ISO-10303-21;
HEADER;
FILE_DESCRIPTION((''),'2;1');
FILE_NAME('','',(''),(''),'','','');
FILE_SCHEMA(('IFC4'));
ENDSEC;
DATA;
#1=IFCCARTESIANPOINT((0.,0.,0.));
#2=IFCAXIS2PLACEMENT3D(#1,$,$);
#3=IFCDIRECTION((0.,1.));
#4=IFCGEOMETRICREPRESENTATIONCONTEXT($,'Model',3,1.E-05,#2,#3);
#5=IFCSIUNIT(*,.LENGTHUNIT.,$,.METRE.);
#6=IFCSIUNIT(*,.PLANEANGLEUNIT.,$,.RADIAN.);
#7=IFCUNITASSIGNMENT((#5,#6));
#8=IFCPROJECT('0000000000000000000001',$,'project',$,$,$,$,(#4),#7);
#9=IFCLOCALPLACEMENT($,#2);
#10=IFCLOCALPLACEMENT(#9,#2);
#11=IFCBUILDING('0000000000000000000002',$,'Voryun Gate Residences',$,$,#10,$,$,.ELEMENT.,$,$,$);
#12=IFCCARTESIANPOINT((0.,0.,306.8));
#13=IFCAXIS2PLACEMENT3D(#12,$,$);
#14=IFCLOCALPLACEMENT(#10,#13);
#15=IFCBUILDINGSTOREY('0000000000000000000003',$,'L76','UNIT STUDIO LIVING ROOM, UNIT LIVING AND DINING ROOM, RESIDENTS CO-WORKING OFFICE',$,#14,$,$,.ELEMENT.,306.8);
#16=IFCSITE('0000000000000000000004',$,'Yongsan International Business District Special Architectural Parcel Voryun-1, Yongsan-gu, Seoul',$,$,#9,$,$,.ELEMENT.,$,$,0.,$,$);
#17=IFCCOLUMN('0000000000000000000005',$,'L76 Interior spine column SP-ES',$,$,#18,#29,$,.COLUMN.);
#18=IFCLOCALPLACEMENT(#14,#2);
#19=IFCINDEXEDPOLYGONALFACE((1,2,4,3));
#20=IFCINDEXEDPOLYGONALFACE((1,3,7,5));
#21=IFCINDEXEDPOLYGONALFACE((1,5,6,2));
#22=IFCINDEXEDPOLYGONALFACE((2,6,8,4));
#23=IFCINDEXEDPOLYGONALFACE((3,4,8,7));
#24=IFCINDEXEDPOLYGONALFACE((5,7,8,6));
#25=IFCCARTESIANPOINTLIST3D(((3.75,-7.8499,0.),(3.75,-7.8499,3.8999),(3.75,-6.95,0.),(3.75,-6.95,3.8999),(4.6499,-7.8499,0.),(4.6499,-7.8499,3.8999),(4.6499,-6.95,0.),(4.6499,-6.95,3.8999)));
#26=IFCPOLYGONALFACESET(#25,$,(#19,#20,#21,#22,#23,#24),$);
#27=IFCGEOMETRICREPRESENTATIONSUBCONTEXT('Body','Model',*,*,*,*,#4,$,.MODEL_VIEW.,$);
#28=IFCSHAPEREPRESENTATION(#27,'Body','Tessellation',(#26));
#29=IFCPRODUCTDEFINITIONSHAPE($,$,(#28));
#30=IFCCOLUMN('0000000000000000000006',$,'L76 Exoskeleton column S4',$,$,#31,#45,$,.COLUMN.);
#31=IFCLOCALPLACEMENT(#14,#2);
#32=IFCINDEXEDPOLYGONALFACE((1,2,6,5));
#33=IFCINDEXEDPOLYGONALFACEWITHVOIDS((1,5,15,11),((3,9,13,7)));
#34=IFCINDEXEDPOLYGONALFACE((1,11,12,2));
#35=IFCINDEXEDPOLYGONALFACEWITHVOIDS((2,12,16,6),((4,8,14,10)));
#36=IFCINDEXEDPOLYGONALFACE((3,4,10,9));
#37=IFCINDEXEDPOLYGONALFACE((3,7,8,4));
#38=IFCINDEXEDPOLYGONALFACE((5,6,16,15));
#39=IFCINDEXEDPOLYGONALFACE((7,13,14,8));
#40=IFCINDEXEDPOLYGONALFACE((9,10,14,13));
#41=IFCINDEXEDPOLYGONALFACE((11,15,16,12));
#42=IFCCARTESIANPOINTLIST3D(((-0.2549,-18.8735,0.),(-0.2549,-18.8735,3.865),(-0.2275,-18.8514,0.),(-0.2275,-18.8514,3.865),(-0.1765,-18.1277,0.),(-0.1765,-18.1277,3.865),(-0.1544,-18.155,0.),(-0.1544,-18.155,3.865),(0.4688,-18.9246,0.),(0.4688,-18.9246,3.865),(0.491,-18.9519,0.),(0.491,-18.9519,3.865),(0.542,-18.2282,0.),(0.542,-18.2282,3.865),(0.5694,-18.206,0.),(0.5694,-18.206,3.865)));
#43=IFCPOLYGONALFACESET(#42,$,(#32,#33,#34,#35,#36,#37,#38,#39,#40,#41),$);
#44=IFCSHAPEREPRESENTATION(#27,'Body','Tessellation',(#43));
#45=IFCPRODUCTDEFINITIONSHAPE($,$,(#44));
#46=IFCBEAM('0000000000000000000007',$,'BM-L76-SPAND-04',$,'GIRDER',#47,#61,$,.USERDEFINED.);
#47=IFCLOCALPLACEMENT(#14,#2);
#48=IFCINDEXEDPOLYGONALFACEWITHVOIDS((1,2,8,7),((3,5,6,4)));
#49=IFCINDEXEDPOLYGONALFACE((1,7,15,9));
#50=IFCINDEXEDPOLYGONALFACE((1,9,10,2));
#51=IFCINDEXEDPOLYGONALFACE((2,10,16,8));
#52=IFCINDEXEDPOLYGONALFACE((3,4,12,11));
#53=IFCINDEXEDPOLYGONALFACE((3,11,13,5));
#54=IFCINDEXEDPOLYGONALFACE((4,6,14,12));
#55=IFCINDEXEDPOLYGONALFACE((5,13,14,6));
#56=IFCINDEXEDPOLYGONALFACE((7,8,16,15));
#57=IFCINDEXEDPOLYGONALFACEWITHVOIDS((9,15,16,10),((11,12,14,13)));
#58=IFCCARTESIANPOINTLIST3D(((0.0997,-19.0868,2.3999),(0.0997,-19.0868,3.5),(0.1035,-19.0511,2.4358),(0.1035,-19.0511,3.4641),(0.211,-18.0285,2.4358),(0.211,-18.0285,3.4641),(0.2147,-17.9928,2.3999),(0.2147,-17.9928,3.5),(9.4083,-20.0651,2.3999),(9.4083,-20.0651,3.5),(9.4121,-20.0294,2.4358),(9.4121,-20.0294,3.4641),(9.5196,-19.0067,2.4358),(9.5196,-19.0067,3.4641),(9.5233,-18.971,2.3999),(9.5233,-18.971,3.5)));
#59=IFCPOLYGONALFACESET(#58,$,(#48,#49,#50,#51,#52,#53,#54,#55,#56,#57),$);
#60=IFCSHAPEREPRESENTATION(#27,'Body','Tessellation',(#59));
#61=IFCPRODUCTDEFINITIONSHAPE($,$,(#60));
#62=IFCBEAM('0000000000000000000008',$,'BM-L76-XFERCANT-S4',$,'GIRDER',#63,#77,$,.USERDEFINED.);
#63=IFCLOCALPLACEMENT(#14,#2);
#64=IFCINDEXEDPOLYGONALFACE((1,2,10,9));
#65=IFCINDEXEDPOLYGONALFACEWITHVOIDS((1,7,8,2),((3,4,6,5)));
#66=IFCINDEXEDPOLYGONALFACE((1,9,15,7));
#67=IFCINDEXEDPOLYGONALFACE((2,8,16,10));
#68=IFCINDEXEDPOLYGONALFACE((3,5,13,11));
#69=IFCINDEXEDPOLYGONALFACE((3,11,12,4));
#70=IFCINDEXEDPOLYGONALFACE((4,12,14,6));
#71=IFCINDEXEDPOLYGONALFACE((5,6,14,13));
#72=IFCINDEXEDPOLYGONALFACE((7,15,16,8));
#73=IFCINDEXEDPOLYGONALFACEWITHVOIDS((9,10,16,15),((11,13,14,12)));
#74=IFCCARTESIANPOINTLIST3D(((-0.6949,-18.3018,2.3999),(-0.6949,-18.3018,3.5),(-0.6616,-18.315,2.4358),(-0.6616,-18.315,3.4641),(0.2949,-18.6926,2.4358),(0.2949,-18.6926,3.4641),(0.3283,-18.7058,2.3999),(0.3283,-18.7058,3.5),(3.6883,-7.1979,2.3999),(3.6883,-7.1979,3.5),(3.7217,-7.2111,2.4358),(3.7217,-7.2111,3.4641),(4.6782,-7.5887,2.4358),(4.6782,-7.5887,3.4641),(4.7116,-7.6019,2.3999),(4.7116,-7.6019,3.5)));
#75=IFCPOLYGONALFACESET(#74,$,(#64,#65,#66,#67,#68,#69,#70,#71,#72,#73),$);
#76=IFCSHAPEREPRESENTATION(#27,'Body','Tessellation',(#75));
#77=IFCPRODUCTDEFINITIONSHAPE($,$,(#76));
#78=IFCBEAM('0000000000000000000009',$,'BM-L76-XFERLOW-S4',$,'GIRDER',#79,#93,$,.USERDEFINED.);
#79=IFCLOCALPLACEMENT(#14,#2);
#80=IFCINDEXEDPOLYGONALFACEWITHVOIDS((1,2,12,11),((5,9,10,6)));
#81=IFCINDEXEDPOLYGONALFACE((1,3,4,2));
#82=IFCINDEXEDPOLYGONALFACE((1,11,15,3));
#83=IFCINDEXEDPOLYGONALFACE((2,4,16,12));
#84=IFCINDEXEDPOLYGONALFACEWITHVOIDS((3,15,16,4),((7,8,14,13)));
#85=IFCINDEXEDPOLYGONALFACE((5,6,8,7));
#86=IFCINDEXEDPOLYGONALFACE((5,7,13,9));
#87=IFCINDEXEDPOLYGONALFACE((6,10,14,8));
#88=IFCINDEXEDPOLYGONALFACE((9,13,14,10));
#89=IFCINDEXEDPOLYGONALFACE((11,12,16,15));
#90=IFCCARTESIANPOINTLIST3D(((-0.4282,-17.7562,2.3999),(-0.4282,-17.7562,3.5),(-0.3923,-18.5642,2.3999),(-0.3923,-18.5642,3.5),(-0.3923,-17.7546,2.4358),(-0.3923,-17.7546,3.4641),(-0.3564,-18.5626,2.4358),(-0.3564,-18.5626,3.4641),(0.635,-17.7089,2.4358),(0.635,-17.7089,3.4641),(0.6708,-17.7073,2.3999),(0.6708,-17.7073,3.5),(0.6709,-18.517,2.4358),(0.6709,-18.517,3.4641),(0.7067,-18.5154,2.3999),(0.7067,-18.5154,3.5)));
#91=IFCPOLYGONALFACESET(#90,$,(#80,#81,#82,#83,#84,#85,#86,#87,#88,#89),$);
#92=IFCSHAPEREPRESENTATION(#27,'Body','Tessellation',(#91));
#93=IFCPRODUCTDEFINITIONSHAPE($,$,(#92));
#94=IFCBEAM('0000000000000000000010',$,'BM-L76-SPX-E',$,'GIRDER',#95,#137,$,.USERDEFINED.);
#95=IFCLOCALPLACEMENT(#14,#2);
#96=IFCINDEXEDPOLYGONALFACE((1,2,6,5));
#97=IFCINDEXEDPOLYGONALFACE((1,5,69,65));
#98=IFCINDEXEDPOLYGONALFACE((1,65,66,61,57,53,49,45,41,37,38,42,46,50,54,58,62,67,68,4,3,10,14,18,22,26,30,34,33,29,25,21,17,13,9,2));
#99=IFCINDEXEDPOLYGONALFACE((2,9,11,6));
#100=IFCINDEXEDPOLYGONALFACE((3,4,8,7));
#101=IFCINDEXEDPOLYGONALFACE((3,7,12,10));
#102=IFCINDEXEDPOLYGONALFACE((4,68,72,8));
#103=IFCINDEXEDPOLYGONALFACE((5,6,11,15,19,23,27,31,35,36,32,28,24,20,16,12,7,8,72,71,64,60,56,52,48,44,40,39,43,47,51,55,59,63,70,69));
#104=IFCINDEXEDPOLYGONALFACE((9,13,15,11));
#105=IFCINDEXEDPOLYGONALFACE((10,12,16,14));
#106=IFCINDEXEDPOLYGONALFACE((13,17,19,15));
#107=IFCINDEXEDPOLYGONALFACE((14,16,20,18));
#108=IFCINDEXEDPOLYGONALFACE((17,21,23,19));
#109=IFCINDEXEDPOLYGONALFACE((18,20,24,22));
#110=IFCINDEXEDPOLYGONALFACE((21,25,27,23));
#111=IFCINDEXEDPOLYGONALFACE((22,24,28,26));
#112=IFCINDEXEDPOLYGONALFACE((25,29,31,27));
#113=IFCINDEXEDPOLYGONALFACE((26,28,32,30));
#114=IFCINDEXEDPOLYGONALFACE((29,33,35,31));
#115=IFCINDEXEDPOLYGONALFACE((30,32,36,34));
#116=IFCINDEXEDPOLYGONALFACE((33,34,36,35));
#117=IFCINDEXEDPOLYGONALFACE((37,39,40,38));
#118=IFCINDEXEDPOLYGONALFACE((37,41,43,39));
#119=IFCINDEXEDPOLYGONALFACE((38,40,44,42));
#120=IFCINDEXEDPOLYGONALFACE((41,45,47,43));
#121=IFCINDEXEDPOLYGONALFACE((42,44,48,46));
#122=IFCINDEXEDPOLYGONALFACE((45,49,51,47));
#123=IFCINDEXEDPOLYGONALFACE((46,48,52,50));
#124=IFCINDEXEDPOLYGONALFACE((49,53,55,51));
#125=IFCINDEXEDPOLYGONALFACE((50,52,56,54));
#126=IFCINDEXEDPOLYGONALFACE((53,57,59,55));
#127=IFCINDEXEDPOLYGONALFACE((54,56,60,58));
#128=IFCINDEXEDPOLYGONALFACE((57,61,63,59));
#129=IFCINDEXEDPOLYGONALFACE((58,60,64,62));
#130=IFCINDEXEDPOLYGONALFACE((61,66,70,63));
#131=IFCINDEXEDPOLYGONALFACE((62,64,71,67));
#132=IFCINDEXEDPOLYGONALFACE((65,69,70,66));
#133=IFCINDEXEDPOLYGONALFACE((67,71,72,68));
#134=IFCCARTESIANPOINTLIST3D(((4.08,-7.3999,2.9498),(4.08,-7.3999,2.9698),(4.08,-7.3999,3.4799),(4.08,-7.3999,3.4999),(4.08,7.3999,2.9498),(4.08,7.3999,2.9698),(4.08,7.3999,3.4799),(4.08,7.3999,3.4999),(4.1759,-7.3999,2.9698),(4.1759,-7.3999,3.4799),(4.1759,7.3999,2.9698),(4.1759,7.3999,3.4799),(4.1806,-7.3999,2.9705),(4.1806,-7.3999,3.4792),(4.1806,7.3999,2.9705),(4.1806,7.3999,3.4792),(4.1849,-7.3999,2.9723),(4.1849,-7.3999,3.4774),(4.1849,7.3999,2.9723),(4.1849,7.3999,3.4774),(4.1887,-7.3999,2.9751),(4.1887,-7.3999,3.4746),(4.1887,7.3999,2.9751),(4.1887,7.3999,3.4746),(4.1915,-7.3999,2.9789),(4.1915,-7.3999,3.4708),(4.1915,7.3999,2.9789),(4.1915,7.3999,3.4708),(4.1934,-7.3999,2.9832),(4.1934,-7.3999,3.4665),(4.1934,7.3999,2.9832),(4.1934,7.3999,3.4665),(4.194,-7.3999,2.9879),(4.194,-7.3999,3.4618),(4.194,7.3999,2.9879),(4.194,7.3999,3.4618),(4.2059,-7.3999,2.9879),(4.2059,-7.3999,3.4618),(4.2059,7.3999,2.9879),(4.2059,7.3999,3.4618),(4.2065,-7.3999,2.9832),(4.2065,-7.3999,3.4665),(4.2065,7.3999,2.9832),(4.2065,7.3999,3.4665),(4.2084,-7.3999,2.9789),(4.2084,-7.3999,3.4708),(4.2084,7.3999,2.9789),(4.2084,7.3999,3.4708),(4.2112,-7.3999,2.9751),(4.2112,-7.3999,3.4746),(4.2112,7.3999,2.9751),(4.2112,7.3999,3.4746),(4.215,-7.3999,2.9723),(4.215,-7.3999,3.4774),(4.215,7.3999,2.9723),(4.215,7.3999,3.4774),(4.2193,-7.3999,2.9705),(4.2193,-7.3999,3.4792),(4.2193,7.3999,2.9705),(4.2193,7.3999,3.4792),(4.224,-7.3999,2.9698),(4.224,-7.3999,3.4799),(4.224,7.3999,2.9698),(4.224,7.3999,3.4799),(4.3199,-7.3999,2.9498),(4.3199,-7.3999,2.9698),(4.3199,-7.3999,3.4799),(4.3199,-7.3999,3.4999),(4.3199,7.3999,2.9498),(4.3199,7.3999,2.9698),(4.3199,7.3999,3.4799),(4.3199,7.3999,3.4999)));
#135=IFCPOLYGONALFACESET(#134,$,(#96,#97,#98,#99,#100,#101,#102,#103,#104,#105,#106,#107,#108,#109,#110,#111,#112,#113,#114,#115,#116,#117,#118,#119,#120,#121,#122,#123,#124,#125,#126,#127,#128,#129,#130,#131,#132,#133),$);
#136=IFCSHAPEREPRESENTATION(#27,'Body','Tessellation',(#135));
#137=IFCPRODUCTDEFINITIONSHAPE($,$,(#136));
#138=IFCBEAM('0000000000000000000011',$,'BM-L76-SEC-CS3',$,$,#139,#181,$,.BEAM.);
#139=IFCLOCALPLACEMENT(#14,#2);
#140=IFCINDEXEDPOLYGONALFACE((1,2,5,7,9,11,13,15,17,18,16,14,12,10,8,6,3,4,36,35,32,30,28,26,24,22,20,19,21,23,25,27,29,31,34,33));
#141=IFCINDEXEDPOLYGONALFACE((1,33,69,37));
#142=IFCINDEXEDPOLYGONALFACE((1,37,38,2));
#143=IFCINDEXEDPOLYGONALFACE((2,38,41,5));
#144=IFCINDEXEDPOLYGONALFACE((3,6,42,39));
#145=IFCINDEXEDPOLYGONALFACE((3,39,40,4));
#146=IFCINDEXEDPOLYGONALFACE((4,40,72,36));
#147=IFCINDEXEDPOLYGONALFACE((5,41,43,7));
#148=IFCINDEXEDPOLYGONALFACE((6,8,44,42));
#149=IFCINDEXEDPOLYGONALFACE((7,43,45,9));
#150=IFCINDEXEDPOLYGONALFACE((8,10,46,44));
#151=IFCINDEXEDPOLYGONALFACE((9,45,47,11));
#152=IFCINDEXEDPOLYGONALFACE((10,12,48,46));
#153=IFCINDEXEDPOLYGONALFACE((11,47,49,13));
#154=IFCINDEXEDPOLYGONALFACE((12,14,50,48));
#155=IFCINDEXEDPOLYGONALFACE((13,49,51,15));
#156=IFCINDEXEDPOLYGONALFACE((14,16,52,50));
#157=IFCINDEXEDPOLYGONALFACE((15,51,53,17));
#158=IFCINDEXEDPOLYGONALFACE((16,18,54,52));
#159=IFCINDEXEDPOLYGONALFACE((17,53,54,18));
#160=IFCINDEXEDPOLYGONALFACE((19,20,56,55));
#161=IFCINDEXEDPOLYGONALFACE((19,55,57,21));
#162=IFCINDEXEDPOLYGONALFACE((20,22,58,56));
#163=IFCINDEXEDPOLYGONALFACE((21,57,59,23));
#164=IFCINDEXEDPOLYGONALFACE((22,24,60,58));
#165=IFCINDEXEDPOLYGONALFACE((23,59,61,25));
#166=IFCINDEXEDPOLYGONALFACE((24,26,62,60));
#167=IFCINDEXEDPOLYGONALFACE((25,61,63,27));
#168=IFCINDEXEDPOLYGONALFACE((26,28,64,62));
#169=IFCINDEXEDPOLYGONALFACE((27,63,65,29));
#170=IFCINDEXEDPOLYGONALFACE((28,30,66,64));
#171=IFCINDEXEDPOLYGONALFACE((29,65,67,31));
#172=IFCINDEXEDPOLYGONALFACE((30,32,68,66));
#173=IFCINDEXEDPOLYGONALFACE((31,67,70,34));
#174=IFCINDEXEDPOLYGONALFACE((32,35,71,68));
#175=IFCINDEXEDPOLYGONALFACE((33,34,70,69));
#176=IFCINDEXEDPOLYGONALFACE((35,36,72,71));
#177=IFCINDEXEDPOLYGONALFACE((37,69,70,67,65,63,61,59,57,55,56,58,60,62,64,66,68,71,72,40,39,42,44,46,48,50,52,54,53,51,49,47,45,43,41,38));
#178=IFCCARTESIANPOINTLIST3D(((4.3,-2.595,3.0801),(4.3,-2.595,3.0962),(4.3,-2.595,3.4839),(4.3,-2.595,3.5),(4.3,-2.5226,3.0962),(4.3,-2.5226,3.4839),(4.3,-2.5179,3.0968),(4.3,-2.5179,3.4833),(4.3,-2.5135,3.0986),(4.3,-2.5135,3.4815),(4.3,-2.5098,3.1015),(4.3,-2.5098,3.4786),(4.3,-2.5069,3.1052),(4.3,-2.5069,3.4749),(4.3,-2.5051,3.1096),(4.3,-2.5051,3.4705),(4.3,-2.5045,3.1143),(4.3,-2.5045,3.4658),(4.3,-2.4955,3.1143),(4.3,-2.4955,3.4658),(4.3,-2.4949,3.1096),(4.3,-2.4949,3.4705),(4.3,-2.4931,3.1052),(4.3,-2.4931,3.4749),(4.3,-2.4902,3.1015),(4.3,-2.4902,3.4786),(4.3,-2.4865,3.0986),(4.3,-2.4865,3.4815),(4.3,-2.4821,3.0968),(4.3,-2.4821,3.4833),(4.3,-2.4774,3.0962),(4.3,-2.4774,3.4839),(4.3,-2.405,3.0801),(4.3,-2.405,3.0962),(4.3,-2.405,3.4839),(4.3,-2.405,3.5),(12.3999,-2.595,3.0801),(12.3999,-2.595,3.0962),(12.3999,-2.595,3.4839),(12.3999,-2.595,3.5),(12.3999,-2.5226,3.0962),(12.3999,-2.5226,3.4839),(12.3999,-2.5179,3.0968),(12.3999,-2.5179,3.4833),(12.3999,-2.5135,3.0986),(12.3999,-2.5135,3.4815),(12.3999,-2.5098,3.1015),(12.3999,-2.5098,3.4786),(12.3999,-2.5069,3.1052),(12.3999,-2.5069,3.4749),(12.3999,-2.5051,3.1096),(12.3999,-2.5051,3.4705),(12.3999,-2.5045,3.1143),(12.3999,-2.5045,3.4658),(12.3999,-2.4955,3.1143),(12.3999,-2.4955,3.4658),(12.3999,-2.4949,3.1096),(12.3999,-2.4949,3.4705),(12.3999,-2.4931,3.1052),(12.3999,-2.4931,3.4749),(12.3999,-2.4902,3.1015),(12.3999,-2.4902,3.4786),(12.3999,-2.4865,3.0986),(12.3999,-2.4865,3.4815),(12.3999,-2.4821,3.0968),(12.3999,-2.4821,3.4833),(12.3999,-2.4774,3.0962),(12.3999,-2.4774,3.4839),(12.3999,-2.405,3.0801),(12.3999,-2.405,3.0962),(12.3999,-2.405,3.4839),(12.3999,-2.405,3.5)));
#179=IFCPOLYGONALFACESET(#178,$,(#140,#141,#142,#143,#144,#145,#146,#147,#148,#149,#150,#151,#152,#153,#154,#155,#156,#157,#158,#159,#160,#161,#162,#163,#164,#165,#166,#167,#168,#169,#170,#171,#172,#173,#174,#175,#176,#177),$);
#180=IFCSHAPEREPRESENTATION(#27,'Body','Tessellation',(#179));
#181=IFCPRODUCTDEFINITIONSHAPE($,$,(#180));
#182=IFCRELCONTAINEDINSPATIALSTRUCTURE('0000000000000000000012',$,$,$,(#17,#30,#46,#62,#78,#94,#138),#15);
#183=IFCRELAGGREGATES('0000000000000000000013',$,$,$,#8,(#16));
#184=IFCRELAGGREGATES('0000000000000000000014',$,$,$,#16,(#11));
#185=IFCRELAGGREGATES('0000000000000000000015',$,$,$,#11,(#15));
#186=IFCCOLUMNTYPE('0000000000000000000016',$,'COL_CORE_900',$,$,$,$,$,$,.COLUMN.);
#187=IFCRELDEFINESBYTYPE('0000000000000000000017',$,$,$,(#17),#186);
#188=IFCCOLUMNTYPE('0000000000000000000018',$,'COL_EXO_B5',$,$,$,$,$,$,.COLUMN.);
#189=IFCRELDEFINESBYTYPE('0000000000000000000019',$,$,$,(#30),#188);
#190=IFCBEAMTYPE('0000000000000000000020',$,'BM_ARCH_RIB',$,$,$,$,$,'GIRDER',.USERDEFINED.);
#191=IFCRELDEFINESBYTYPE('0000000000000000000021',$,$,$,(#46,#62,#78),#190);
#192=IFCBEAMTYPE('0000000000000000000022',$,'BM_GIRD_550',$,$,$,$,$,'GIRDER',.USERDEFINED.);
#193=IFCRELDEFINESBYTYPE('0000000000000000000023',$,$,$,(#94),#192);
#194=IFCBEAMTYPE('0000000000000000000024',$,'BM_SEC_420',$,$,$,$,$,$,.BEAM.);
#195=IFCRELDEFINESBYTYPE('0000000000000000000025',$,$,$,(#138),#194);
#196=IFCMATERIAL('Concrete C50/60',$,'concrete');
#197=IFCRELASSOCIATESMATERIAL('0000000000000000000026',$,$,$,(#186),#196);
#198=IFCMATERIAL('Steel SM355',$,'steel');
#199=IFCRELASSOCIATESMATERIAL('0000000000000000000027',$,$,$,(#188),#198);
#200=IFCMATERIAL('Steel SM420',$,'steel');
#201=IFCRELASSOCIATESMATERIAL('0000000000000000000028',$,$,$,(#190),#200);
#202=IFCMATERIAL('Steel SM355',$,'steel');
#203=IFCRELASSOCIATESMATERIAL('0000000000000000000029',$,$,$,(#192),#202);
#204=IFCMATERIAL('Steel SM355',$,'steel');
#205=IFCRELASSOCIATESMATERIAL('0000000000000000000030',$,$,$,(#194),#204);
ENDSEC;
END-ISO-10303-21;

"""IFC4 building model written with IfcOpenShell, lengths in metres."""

from ifc_helpers import new_model, si_unit, direction, frame, origin, origin_2d, place, context, subcontext, project, spatial, rectangle, hollow_rectangle, i_section, extrude, material, material_profile, profile_set, type_object, element, save


model = new_model("IFC4")

# Units and contexts
model_context = context("Model", 3, precision=1e-05, world=origin(), true_north=direction((0.0, 1.0)))
body_context = subcontext(model_context, "Body", "Model", "MODEL_VIEW")
ifc_project = project(units=[si_unit("LENGTHUNIT", "METRE"), si_unit("PLANEANGLEUNIT", "RADIAN")], contexts=[model_context])

# Site, building, storey
site_placement = place(None, origin())
site = spatial("IfcSite", under=ifc_project, at=site_placement, Name="Yongsan International Business District Special Architectural Parcel Voryun-1, Yongsan-gu, Seoul", CompositionType="ELEMENT", RefElevation=0.0)
building_placement = place(site_placement, origin())
building = spatial("IfcBuilding", under=site, at=building_placement, Name="Voryun Gate Residences", CompositionType="ELEMENT")
storey_placement = place(building_placement, frame((0.0, 0.0, 306.8)))
storey = spatial("IfcBuildingStorey", under=building, at=storey_placement, Name="L76", Description="UNIT STUDIO LIVING ROOM, UNIT LIVING AND DINING ROOM, RESIDENTS CO-WORKING OFFICE", CompositionType="ELEMENT", Elevation=306.8)

# Columns
ifc_material_1 = material(Name="Concrete C50/60", Category="concrete")
ifc_material_profile_1 = material_profile(ifc_material_1, rectangle(XDim=0.8999, YDim=0.8999, at=origin_2d()), Name="RC-900x900")
ifc_profile_set_1 = profile_set([ifc_material_profile_1], Name="Concrete C50/60")
column_type_1 = type_object("IfcColumnType", Name="COL_CORE_900", PredefinedType="COLUMN", material=ifc_profile_set_1)
column_1_placement = place(storey_placement, frame((4.2, -7.3999, 0.0), z_axis=(0.0, 0.0, 1.0), x_axis=(1.0, 0.0, 0.0)))
element("IfcColumn", 1, at=column_1_placement, inside=storey, type_object=column_type_1, Name="L76 Interior spine column SP-ES", PredefinedType="COLUMN", context=body_context, shape_type="SweptSolid", body=[
    extrude(rectangle(XDim=0.8999, YDim=0.8999, at=origin_2d()), origin(), (0.0, 0.0, 1.0), 3.8999),
])
ifc_material_2 = material(Name="Steel SM355", Category="steel")
ifc_material_profile_2 = material_profile(ifc_material_2, hollow_rectangle(XDim=0.75, YDim=0.75, WallThickness=0.0249, at=origin_2d()), Name="BOX-750x750x25")
ifc_profile_set_2 = profile_set([ifc_material_profile_2], Name="Steel SM355")
column_type_2 = type_object("IfcColumnType", Name="COL_EXO_B5", PredefinedType="COLUMN", material=ifc_profile_set_2)
column_2_placement = place(storey_placement, frame((0.1572, -18.5398, 0.0), z_axis=(0.0, 0.0, 1.0), x_axis=(0.994522, -0.104528, 0.0)))
element("IfcColumn", 2, at=column_2_placement, inside=storey, type_object=column_type_2, Name="L76 Exoskeleton column S4", PredefinedType="COLUMN", context=body_context, shape_type="SweptSolid", body=[
    extrude(hollow_rectangle(XDim=0.75, YDim=0.75, WallThickness=0.0249, at=origin_2d()), origin(), (0.0, 0.0, 1.0), 3.865),
])

# Beams
ifc_material_3 = material(Name="Steel SM420", Category="steel")
ifc_material_profile_3 = material_profile(ifc_material_3, hollow_rectangle(XDim=1.1001, YDim=1.1001, WallThickness=0.0359, at=origin_2d()), Name="BOX-1100x1100x36")
ifc_profile_set_3 = profile_set([ifc_material_profile_3], Name="Steel SM420")
beam_type_1 = type_object("IfcBeamType", Name="BM_ARCH_RIB", ElementType="GIRDER", PredefinedType="USERDEFINED", material=ifc_profile_set_3)
beam_1_placement = place(storey_placement, frame((0.1572, -18.5398, 2.95), z_axis=(0.994523, -0.104518, 0.0), x_axis=(0.104518, 0.994523, 0.0)))
element("IfcBeam", 3, at=beam_1_placement, inside=storey, type_object=beam_type_1, Name="BM-L76-SPAND-04", ObjectType="GIRDER", PredefinedType="USERDEFINED", context=body_context, shape_type="SweptSolid", body=[
    extrude(hollow_rectangle(XDim=1.1001, YDim=1.1001, WallThickness=0.0359, at=origin_2d()), origin(), (0.0, 0.0, 1.0), 9.3599),
])
beam_2_placement = place(storey_placement, frame((4.2, -7.3999, 2.95), z_axis=(-0.367177, -0.930151, 0.0), x_axis=(0.930151, -0.367177, 0.0)))
element("IfcBeam", 4, at=beam_2_placement, inside=storey, type_object=beam_type_1, Name="BM-L76-XFERCANT-S4", ObjectType="GIRDER", PredefinedType="USERDEFINED", context=body_context, shape_type="SweptSolid", body=[
    extrude(hollow_rectangle(XDim=1.1001, YDim=1.1001, WallThickness=0.0359, at=origin_2d()), origin(), (0.0, 0.0, 1.0), 11.9377),
])
beam_3_placement = place(storey_placement, frame((0.1572, -18.5398, 2.95), z_axis=(-0.044367, 0.999015, 0.0), x_axis=(-0.999015, -0.044367, 0.0)))
element("IfcBeam", 5, at=beam_3_placement, inside=storey, type_object=beam_type_1, Name="BM-L76-XFERLOW-S4", ObjectType="GIRDER", PredefinedType="USERDEFINED", context=body_context, shape_type="SweptSolid", body=[
    extrude(hollow_rectangle(XDim=1.1001, YDim=1.1001, WallThickness=0.0359, at=origin_2d()), origin(), (0.0, 0.0, 1.0), 0.8088),
])
ifc_material_4 = material(Name="Steel SM355", Category="steel")
ifc_material_profile_4 = material_profile(ifc_material_4, i_section(OverallWidth=0.24, OverallDepth=0.55, WebThickness=0.012, FlangeThickness=0.02, FilletRadius=0.0181, at=origin_2d()), Name="H-550x240x12x20")
ifc_profile_set_4 = profile_set([ifc_material_profile_4], Name="Steel SM355")
beam_type_2 = type_object("IfcBeamType", Name="BM_GIRD_550", ElementType="GIRDER", PredefinedType="USERDEFINED", material=ifc_profile_set_4)
beam_4_placement = place(storey_placement, frame((4.2, -7.3999, 3.2249), z_axis=(0.0, 1.0, 0.0), x_axis=(-1.0, 0.0, 0.0)))
element("IfcBeam", 6, at=beam_4_placement, inside=storey, type_object=beam_type_2, Name="BM-L76-SPX-E", ObjectType="GIRDER", PredefinedType="USERDEFINED", context=body_context, shape_type="SweptSolid", body=[
    extrude(i_section(OverallWidth=0.24, OverallDepth=0.55, WebThickness=0.012, FlangeThickness=0.02, FilletRadius=0.0181, at=origin_2d()), origin(), (0.0, 0.0, 1.0), 14.7998),
])
ifc_material_5 = material(Name="Steel SM355", Category="steel")
ifc_material_profile_5 = material_profile(ifc_material_5, i_section(OverallWidth=0.1899, OverallDepth=0.4199, WebThickness=0.009, FlangeThickness=0.0161, FilletRadius=0.0181, at=origin_2d()), Name="H-420x190x9x16")
ifc_profile_set_5 = profile_set([ifc_material_profile_5], Name="Steel SM355")
beam_type_3 = type_object("IfcBeamType", Name="BM_SEC_420", PredefinedType="BEAM", material=ifc_profile_set_5)
beam_5_placement = place(storey_placement, frame((4.3, -2.5, 3.29), z_axis=(1.0, 0.0, 0.0), x_axis=(0.0, 1.0, 0.0)))
element("IfcBeam", 7, at=beam_5_placement, inside=storey, type_object=beam_type_3, Name="BM-L76-SEC-CS3", PredefinedType="BEAM", context=body_context, shape_type="SweptSolid", body=[
    extrude(i_section(OverallWidth=0.1899, OverallDepth=0.4199, WebThickness=0.009, FlangeThickness=0.0161, FilletRadius=0.0181, at=origin_2d()), origin(), (0.0, 0.0, 1.0), 8.0999),
])

save(model, "model.ifc")
